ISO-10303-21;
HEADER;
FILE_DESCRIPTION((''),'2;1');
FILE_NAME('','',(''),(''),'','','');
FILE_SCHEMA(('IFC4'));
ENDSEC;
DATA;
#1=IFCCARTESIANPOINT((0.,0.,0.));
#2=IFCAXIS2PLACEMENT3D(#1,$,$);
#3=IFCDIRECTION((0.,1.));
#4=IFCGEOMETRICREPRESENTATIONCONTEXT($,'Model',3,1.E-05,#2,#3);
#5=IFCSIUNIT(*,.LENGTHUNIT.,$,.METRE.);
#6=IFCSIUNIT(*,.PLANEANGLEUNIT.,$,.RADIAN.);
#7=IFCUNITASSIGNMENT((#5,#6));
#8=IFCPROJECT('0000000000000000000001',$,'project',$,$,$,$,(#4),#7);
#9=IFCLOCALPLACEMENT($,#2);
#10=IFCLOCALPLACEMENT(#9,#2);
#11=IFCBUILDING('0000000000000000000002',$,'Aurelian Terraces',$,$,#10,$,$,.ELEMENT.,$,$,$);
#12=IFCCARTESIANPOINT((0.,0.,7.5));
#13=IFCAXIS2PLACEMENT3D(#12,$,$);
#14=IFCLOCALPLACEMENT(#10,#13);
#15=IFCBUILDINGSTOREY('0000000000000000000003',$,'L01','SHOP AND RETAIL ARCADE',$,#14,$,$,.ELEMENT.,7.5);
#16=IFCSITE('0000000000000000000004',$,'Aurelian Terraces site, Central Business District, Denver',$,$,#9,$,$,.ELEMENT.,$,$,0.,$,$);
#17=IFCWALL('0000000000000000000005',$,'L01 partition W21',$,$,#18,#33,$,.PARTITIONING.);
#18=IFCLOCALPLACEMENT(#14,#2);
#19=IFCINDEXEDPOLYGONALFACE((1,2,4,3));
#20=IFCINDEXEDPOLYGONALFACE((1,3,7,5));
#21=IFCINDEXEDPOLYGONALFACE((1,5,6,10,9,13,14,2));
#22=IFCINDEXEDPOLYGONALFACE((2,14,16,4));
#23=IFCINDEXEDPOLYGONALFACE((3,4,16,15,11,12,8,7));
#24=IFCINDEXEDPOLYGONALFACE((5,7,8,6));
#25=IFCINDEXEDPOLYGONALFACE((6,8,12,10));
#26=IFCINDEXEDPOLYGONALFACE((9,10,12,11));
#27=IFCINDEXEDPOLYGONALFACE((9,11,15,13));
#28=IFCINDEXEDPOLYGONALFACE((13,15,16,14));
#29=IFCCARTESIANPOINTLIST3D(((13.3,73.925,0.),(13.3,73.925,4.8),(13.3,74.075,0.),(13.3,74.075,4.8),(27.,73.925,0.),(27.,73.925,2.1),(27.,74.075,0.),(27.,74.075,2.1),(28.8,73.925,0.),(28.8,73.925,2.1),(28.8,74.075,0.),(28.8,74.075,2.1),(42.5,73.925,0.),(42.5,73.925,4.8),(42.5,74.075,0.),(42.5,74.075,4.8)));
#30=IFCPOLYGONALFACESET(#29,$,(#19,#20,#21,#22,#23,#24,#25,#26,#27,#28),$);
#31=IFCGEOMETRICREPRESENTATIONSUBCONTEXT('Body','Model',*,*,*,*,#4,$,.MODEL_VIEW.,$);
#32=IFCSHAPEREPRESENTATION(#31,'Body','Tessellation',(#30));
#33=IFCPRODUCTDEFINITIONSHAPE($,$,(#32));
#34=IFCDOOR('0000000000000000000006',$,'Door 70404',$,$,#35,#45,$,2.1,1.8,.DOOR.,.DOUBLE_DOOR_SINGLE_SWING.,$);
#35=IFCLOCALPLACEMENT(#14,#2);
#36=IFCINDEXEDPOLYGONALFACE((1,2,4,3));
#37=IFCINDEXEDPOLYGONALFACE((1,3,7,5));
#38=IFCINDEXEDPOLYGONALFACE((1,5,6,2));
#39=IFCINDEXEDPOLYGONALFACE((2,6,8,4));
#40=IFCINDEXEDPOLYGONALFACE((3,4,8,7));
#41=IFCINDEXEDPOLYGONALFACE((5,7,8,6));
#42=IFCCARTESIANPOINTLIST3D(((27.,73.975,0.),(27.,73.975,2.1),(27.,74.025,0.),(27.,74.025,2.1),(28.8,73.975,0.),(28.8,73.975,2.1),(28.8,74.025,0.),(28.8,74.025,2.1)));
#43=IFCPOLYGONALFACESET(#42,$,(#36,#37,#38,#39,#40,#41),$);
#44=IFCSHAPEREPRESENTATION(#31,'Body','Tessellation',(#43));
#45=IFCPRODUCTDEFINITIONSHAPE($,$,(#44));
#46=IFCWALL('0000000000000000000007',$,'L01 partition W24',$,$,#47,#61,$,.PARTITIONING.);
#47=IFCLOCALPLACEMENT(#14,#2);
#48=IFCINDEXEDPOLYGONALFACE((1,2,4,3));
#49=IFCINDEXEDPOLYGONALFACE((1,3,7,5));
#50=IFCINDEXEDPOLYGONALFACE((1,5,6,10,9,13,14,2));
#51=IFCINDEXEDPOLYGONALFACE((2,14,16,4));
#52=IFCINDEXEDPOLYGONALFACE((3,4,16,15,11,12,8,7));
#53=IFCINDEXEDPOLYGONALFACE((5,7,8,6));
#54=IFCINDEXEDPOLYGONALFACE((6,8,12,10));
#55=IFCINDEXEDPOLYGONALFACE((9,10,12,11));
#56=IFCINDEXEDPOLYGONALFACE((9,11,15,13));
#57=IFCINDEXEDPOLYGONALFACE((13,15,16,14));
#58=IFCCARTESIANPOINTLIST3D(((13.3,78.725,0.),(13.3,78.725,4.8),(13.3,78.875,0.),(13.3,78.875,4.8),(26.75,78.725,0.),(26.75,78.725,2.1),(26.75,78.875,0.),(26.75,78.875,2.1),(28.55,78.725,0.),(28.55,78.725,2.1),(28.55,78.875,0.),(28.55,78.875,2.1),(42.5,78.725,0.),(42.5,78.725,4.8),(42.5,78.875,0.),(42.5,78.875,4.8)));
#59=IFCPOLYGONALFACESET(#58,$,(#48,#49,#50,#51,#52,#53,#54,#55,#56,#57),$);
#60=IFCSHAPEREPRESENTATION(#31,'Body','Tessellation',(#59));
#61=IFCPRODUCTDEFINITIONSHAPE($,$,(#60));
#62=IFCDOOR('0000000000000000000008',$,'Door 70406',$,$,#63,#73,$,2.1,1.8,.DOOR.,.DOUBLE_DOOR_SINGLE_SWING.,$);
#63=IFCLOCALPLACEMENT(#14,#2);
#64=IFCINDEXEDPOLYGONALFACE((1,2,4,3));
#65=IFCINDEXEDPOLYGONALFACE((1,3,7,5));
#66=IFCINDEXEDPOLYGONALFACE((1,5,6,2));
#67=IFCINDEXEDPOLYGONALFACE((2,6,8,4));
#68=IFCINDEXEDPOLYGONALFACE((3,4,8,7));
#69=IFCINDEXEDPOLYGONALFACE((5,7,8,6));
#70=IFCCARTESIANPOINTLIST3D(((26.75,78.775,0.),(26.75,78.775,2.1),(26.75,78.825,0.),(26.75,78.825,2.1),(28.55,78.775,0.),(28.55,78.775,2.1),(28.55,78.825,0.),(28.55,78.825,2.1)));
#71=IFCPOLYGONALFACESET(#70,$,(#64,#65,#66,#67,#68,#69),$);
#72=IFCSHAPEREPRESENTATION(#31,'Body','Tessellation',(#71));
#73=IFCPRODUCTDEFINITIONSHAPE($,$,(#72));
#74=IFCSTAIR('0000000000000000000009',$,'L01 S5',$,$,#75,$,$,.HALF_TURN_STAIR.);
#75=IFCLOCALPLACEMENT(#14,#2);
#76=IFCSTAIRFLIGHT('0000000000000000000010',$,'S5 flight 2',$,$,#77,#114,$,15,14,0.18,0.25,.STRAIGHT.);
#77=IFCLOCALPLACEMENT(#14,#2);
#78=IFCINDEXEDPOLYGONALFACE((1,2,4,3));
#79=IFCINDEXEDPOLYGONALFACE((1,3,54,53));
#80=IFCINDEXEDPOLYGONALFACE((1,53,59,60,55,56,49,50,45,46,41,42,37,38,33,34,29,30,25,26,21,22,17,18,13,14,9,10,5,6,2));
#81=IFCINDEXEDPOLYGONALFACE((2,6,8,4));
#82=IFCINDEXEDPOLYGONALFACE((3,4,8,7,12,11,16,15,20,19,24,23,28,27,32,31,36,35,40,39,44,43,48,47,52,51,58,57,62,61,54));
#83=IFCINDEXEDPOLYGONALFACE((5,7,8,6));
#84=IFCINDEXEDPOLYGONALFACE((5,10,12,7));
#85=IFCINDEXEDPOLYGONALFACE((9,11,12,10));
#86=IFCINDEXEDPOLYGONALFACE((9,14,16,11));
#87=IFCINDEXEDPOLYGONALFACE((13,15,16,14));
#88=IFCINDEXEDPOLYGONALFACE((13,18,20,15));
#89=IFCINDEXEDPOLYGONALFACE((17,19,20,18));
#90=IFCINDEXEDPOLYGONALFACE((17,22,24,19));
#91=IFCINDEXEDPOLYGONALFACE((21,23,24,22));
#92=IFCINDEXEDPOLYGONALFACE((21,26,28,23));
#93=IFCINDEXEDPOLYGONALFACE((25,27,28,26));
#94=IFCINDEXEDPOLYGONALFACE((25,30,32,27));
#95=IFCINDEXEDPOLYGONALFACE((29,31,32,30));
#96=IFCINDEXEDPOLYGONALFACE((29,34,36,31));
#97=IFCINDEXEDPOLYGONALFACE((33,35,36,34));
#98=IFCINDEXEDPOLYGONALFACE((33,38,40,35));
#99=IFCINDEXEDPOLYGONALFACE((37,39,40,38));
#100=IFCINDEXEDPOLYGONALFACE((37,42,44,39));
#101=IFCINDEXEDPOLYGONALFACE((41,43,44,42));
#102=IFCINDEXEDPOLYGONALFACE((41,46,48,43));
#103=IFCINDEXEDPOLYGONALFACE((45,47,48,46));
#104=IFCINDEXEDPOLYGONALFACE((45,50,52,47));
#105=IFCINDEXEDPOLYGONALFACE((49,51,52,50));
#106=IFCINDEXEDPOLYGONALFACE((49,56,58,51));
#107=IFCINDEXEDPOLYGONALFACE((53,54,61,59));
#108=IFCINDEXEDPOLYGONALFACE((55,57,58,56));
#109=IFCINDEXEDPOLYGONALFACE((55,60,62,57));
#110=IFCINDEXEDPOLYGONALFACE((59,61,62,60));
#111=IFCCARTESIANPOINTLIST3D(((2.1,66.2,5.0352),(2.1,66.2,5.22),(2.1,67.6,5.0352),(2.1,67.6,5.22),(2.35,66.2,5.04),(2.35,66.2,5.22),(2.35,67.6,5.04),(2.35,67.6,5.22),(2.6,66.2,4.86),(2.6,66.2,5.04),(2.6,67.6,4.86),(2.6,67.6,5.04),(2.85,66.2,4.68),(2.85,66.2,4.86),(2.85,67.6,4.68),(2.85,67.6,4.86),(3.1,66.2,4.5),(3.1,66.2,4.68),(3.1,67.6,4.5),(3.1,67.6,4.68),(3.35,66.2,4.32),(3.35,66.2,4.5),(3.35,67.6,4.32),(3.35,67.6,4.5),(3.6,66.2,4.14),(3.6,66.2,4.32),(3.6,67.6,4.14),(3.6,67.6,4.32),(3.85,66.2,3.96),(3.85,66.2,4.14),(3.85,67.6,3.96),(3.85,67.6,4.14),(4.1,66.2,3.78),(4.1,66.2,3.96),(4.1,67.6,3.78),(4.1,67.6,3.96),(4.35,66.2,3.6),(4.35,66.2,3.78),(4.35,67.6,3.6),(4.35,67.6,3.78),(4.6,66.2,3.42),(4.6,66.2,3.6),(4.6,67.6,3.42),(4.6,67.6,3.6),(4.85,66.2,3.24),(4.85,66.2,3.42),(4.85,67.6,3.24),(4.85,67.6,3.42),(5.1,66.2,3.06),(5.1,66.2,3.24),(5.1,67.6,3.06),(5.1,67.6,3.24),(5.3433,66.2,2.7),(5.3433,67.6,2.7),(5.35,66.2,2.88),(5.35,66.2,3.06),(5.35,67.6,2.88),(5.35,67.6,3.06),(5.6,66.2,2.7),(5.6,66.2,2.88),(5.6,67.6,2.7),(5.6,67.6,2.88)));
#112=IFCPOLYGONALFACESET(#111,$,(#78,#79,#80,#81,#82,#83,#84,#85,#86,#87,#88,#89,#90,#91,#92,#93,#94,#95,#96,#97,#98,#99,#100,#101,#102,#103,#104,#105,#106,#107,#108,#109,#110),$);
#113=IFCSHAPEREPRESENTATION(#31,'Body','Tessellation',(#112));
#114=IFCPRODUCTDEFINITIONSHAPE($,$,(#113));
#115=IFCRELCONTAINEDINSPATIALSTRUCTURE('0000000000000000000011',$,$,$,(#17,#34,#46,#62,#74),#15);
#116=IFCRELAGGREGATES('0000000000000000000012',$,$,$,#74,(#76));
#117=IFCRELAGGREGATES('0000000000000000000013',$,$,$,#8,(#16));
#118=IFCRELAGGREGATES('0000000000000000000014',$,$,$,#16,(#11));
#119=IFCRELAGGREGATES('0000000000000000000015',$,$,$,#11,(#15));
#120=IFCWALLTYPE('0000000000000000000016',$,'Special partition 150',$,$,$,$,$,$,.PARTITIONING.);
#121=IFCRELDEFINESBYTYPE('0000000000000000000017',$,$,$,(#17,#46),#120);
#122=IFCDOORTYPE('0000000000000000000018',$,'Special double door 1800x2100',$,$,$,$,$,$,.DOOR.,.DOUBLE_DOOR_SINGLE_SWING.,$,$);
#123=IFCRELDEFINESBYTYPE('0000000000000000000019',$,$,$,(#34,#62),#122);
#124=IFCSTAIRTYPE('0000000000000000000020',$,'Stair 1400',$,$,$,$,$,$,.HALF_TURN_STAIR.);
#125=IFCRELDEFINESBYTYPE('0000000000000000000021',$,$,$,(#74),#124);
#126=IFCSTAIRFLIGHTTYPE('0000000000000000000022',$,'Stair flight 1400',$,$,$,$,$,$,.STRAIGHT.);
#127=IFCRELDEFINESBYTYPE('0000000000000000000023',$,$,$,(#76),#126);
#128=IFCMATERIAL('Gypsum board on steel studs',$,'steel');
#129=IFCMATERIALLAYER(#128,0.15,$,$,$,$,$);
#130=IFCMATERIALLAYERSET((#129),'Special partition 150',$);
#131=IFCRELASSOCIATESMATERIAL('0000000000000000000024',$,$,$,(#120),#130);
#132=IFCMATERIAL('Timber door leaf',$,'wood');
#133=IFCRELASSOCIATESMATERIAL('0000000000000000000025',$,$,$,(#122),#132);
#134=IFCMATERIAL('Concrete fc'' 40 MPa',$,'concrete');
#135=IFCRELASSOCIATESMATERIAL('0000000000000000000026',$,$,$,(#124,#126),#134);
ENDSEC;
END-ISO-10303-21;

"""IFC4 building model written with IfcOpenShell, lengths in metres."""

from ifc_helpers import new_model, si_unit, direction, frame, frame_2d, origin, place, context, subcontext, project, spatial, polyline, rectangle, outline, extrude, source, transform, mapped, material, layer, layer_set, type_object, element, fill, aggregate, save


model = new_model("IFC4")

# Units and contexts
model_context = context("Model", 3, precision=1e-05, world=origin(), true_north=direction((0.0, 1.0)))
body_context = subcontext(model_context, "Body", "Model", "MODEL_VIEW")
ifc_project = project(units=[si_unit("LENGTHUNIT", "METRE"), si_unit("PLANEANGLEUNIT", "RADIAN")], contexts=[model_context])

# Site, building, storey
site_placement = place(None, origin())
site = spatial("IfcSite", under=ifc_project, at=site_placement, Name="Aurelian Terraces site, Central Business District, Denver", CompositionType="ELEMENT", RefElevation=0.0)
building_placement = place(site_placement, origin())
building = spatial("IfcBuilding", under=site, at=building_placement, Name="Aurelian Terraces", CompositionType="ELEMENT")
storey_placement = place(building_placement, frame((0.0, 0.0, 7.5)))
storey = spatial("IfcBuildingStorey", under=building, at=storey_placement, Name="L01", Description="SHOP AND RETAIL ARCADE", CompositionType="ELEMENT", Elevation=7.5)

# Shared definitions
ifc_material_1 = material(Name="Gypsum board on steel studs", Category="steel")
ifc_layer_1 = layer(ifc_material_1, 0.15)
ifc_layer_set_1 = layer_set([ifc_layer_1], Name="Special partition 150")
wall_type_1 = type_object("IfcWallType", Name="Special partition 150", PredefinedType="PARTITIONING", material=ifc_layer_set_1)

# Walls, openings, doors
shared_shape_1 = source(origin(), body_context, "Body", "SweptSolid", [
    extrude(rectangle(XDim=29.2, YDim=0.15, at=frame_2d((14.6, 0.0))), origin(), (0.0, 0.0, 1.0), 4.8),
])
wall_1_placement = place(storey_placement, frame((13.3, 74.0, 0.0), z_axis=(0.0, 0.0, 1.0), x_axis=(1.0, 0.0, 0.0)))
wall_1 = element("IfcWall", 1, at=wall_1_placement, inside=storey, type_object=wall_type_1, Name="L01 partition W21", PredefinedType="PARTITIONING", context=body_context, shape_type="MappedRepresentation", body=[
    mapped(shared_shape_1, transform((0.0, 0.0, 0.0), scale=1.0)),
])
shared_shape_2 = source(origin(), body_context, "Body", "SweptSolid", [
    extrude(rectangle(XDim=1.8, YDim=2.1, at=frame_2d((0.9, 1.05))), frame((0.0, 0.085, 0.0), z_axis=(0.0, -1.0, 0.0), x_axis=(1.0, 0.0, 0.0)), (0.0, 0.0, 1.0), 0.17),
])
opening_1_placement = place(wall_1_placement, frame((13.7, 0.0, 0.0)))
opening_1 = element("IfcOpeningElement", 2, at=opening_1_placement, cuts=wall_1, PredefinedType="OPENING", context=body_context, shape_type="MappedRepresentation", body=[
    mapped(shared_shape_2, transform((0.0, 0.0, 0.0), scale=1.0)),
])
ifc_material_2 = material(Name="Timber door leaf", Category="wood")
door_type = type_object("IfcDoorType", Name="Special double door 1800x2100", OperationType="DOUBLE_DOOR_SINGLE_SWING", PredefinedType="DOOR", material=ifc_material_2)
shared_shape_3 = source(origin(), body_context, "Body", "SweptSolid", [
    extrude(rectangle(XDim=1.8, YDim=2.1, at=frame_2d((0.9, 1.05))), frame((0.0, 0.025, 0.0), z_axis=(0.0, -1.0, 0.0), x_axis=(1.0, 0.0, 0.0)), (0.0, 0.0, 1.0), 0.05),
])
door_1_placement = place(opening_1_placement, origin())
door_1 = element("IfcDoor", 3, at=door_1_placement, inside=storey, type_object=door_type, Name="Door 70404", OperationType="DOUBLE_DOOR_SINGLE_SWING", OverallHeight=2.1, OverallWidth=1.8, PredefinedType="DOOR", context=body_context, shape_type="MappedRepresentation", body=[
    mapped(shared_shape_3, transform((0.0, 0.0, 0.0), scale=1.0)),
])
fill(opening_1, door_1)
wall_2_placement = place(storey_placement, frame((13.3, 78.8, 0.0), z_axis=(0.0, 0.0, 1.0), x_axis=(1.0, 0.0, 0.0)))
wall_2 = element("IfcWall", 4, at=wall_2_placement, inside=storey, type_object=wall_type_1, Name="L01 partition W24", PredefinedType="PARTITIONING", context=body_context, shape_type="MappedRepresentation", body=[
    mapped(shared_shape_1, transform((0.0, 0.0, 0.0), scale=1.0)),
])
opening_2_placement = place(wall_2_placement, frame((13.45, 0.0, 0.0)))
opening_2 = element("IfcOpeningElement", 5, at=opening_2_placement, cuts=wall_2, PredefinedType="OPENING", context=body_context, shape_type="MappedRepresentation", body=[
    mapped(shared_shape_2, transform((0.0, 0.0, 0.0), scale=1.0)),
])
door_2_placement = place(opening_2_placement, origin())
door_2 = element("IfcDoor", 6, at=door_2_placement, inside=storey, type_object=door_type, Name="Door 70406", OperationType="DOUBLE_DOOR_SINGLE_SWING", OverallHeight=2.1, OverallWidth=1.8, PredefinedType="DOOR", context=body_context, shape_type="MappedRepresentation", body=[
    mapped(shared_shape_3, transform((0.0, 0.0, 0.0), scale=1.0)),
])
fill(opening_2, door_2)

# Stair, stair flight
ifc_material_3 = material(Name="Concrete fc' 40 MPa", Category="concrete")
stair_type = type_object("IfcStairType", Name="Stair 1400", PredefinedType="HALF_TURN_STAIR", material=ifc_material_3)
stair_placement = place(storey_placement, origin())
stair = element("IfcStair", 7, at=stair_placement, inside=storey, type_object=stair_type, Name="L01 S5", PredefinedType="HALF_TURN_STAIR")
stair_flight_type = type_object("IfcStairFlightType", Name="Stair flight 1400", PredefinedType="STRAIGHT", material=ifc_material_3)
shared_shape_4 = source(origin(), body_context, "Body", "SweptSolid", [
    extrude(outline(polyline([(0.0, 0.0), (0.0, 0.18), (0.25, 0.18), (0.25, 0.36), (0.5, 0.36), (0.5, 0.54), (0.75, 0.54), (0.75, 0.72), (1.0, 0.72), (1.0, 0.9), (1.25, 0.9), (1.25, 1.08), (1.5, 1.08), (1.5, 1.26), (1.75, 1.26), (1.75, 1.44), (2.0, 1.44), (2.0, 1.62), (2.25, 1.62), (2.25, 1.8), (2.5, 1.8), (2.5, 1.98), (2.75, 1.98), (2.75, 2.16), (3.0, 2.16), (3.0, 2.34), (3.25, 2.34), (3.25, 2.52), (3.5, 2.52), (3.5, 2.7), (3.5, 2.3352), (0.2567, 0.0), (0.0, 0.0)])), frame((0.0, 0.7, 0.0), z_axis=(0.0, -1.0, 0.0), x_axis=(1.0, 0.0, 0.0)), (0.0, 0.0, 1.0), 1.4),
])
stair_flight_placement = place(storey_placement, frame((5.6, 66.9, 2.7), z_axis=(0.0, 0.0, 1.0), x_axis=(-1.0, 0.0, 0.0)))
stair_flight = element("IfcStairFlight", 8, at=stair_flight_placement, type_object=stair_flight_type, Name="S5 flight 2", NumberOfRisers=15, NumberOfTreads=14, PredefinedType="STRAIGHT", RiserHeight=0.18, TreadLength=0.25, context=body_context, shape_type="MappedRepresentation", body=[
    mapped(shared_shape_4, transform((0.0, 0.0, 0.0), scale=1.0)),
])
aggregate(stair, [stair_flight])

save(model, "model.ifc")
